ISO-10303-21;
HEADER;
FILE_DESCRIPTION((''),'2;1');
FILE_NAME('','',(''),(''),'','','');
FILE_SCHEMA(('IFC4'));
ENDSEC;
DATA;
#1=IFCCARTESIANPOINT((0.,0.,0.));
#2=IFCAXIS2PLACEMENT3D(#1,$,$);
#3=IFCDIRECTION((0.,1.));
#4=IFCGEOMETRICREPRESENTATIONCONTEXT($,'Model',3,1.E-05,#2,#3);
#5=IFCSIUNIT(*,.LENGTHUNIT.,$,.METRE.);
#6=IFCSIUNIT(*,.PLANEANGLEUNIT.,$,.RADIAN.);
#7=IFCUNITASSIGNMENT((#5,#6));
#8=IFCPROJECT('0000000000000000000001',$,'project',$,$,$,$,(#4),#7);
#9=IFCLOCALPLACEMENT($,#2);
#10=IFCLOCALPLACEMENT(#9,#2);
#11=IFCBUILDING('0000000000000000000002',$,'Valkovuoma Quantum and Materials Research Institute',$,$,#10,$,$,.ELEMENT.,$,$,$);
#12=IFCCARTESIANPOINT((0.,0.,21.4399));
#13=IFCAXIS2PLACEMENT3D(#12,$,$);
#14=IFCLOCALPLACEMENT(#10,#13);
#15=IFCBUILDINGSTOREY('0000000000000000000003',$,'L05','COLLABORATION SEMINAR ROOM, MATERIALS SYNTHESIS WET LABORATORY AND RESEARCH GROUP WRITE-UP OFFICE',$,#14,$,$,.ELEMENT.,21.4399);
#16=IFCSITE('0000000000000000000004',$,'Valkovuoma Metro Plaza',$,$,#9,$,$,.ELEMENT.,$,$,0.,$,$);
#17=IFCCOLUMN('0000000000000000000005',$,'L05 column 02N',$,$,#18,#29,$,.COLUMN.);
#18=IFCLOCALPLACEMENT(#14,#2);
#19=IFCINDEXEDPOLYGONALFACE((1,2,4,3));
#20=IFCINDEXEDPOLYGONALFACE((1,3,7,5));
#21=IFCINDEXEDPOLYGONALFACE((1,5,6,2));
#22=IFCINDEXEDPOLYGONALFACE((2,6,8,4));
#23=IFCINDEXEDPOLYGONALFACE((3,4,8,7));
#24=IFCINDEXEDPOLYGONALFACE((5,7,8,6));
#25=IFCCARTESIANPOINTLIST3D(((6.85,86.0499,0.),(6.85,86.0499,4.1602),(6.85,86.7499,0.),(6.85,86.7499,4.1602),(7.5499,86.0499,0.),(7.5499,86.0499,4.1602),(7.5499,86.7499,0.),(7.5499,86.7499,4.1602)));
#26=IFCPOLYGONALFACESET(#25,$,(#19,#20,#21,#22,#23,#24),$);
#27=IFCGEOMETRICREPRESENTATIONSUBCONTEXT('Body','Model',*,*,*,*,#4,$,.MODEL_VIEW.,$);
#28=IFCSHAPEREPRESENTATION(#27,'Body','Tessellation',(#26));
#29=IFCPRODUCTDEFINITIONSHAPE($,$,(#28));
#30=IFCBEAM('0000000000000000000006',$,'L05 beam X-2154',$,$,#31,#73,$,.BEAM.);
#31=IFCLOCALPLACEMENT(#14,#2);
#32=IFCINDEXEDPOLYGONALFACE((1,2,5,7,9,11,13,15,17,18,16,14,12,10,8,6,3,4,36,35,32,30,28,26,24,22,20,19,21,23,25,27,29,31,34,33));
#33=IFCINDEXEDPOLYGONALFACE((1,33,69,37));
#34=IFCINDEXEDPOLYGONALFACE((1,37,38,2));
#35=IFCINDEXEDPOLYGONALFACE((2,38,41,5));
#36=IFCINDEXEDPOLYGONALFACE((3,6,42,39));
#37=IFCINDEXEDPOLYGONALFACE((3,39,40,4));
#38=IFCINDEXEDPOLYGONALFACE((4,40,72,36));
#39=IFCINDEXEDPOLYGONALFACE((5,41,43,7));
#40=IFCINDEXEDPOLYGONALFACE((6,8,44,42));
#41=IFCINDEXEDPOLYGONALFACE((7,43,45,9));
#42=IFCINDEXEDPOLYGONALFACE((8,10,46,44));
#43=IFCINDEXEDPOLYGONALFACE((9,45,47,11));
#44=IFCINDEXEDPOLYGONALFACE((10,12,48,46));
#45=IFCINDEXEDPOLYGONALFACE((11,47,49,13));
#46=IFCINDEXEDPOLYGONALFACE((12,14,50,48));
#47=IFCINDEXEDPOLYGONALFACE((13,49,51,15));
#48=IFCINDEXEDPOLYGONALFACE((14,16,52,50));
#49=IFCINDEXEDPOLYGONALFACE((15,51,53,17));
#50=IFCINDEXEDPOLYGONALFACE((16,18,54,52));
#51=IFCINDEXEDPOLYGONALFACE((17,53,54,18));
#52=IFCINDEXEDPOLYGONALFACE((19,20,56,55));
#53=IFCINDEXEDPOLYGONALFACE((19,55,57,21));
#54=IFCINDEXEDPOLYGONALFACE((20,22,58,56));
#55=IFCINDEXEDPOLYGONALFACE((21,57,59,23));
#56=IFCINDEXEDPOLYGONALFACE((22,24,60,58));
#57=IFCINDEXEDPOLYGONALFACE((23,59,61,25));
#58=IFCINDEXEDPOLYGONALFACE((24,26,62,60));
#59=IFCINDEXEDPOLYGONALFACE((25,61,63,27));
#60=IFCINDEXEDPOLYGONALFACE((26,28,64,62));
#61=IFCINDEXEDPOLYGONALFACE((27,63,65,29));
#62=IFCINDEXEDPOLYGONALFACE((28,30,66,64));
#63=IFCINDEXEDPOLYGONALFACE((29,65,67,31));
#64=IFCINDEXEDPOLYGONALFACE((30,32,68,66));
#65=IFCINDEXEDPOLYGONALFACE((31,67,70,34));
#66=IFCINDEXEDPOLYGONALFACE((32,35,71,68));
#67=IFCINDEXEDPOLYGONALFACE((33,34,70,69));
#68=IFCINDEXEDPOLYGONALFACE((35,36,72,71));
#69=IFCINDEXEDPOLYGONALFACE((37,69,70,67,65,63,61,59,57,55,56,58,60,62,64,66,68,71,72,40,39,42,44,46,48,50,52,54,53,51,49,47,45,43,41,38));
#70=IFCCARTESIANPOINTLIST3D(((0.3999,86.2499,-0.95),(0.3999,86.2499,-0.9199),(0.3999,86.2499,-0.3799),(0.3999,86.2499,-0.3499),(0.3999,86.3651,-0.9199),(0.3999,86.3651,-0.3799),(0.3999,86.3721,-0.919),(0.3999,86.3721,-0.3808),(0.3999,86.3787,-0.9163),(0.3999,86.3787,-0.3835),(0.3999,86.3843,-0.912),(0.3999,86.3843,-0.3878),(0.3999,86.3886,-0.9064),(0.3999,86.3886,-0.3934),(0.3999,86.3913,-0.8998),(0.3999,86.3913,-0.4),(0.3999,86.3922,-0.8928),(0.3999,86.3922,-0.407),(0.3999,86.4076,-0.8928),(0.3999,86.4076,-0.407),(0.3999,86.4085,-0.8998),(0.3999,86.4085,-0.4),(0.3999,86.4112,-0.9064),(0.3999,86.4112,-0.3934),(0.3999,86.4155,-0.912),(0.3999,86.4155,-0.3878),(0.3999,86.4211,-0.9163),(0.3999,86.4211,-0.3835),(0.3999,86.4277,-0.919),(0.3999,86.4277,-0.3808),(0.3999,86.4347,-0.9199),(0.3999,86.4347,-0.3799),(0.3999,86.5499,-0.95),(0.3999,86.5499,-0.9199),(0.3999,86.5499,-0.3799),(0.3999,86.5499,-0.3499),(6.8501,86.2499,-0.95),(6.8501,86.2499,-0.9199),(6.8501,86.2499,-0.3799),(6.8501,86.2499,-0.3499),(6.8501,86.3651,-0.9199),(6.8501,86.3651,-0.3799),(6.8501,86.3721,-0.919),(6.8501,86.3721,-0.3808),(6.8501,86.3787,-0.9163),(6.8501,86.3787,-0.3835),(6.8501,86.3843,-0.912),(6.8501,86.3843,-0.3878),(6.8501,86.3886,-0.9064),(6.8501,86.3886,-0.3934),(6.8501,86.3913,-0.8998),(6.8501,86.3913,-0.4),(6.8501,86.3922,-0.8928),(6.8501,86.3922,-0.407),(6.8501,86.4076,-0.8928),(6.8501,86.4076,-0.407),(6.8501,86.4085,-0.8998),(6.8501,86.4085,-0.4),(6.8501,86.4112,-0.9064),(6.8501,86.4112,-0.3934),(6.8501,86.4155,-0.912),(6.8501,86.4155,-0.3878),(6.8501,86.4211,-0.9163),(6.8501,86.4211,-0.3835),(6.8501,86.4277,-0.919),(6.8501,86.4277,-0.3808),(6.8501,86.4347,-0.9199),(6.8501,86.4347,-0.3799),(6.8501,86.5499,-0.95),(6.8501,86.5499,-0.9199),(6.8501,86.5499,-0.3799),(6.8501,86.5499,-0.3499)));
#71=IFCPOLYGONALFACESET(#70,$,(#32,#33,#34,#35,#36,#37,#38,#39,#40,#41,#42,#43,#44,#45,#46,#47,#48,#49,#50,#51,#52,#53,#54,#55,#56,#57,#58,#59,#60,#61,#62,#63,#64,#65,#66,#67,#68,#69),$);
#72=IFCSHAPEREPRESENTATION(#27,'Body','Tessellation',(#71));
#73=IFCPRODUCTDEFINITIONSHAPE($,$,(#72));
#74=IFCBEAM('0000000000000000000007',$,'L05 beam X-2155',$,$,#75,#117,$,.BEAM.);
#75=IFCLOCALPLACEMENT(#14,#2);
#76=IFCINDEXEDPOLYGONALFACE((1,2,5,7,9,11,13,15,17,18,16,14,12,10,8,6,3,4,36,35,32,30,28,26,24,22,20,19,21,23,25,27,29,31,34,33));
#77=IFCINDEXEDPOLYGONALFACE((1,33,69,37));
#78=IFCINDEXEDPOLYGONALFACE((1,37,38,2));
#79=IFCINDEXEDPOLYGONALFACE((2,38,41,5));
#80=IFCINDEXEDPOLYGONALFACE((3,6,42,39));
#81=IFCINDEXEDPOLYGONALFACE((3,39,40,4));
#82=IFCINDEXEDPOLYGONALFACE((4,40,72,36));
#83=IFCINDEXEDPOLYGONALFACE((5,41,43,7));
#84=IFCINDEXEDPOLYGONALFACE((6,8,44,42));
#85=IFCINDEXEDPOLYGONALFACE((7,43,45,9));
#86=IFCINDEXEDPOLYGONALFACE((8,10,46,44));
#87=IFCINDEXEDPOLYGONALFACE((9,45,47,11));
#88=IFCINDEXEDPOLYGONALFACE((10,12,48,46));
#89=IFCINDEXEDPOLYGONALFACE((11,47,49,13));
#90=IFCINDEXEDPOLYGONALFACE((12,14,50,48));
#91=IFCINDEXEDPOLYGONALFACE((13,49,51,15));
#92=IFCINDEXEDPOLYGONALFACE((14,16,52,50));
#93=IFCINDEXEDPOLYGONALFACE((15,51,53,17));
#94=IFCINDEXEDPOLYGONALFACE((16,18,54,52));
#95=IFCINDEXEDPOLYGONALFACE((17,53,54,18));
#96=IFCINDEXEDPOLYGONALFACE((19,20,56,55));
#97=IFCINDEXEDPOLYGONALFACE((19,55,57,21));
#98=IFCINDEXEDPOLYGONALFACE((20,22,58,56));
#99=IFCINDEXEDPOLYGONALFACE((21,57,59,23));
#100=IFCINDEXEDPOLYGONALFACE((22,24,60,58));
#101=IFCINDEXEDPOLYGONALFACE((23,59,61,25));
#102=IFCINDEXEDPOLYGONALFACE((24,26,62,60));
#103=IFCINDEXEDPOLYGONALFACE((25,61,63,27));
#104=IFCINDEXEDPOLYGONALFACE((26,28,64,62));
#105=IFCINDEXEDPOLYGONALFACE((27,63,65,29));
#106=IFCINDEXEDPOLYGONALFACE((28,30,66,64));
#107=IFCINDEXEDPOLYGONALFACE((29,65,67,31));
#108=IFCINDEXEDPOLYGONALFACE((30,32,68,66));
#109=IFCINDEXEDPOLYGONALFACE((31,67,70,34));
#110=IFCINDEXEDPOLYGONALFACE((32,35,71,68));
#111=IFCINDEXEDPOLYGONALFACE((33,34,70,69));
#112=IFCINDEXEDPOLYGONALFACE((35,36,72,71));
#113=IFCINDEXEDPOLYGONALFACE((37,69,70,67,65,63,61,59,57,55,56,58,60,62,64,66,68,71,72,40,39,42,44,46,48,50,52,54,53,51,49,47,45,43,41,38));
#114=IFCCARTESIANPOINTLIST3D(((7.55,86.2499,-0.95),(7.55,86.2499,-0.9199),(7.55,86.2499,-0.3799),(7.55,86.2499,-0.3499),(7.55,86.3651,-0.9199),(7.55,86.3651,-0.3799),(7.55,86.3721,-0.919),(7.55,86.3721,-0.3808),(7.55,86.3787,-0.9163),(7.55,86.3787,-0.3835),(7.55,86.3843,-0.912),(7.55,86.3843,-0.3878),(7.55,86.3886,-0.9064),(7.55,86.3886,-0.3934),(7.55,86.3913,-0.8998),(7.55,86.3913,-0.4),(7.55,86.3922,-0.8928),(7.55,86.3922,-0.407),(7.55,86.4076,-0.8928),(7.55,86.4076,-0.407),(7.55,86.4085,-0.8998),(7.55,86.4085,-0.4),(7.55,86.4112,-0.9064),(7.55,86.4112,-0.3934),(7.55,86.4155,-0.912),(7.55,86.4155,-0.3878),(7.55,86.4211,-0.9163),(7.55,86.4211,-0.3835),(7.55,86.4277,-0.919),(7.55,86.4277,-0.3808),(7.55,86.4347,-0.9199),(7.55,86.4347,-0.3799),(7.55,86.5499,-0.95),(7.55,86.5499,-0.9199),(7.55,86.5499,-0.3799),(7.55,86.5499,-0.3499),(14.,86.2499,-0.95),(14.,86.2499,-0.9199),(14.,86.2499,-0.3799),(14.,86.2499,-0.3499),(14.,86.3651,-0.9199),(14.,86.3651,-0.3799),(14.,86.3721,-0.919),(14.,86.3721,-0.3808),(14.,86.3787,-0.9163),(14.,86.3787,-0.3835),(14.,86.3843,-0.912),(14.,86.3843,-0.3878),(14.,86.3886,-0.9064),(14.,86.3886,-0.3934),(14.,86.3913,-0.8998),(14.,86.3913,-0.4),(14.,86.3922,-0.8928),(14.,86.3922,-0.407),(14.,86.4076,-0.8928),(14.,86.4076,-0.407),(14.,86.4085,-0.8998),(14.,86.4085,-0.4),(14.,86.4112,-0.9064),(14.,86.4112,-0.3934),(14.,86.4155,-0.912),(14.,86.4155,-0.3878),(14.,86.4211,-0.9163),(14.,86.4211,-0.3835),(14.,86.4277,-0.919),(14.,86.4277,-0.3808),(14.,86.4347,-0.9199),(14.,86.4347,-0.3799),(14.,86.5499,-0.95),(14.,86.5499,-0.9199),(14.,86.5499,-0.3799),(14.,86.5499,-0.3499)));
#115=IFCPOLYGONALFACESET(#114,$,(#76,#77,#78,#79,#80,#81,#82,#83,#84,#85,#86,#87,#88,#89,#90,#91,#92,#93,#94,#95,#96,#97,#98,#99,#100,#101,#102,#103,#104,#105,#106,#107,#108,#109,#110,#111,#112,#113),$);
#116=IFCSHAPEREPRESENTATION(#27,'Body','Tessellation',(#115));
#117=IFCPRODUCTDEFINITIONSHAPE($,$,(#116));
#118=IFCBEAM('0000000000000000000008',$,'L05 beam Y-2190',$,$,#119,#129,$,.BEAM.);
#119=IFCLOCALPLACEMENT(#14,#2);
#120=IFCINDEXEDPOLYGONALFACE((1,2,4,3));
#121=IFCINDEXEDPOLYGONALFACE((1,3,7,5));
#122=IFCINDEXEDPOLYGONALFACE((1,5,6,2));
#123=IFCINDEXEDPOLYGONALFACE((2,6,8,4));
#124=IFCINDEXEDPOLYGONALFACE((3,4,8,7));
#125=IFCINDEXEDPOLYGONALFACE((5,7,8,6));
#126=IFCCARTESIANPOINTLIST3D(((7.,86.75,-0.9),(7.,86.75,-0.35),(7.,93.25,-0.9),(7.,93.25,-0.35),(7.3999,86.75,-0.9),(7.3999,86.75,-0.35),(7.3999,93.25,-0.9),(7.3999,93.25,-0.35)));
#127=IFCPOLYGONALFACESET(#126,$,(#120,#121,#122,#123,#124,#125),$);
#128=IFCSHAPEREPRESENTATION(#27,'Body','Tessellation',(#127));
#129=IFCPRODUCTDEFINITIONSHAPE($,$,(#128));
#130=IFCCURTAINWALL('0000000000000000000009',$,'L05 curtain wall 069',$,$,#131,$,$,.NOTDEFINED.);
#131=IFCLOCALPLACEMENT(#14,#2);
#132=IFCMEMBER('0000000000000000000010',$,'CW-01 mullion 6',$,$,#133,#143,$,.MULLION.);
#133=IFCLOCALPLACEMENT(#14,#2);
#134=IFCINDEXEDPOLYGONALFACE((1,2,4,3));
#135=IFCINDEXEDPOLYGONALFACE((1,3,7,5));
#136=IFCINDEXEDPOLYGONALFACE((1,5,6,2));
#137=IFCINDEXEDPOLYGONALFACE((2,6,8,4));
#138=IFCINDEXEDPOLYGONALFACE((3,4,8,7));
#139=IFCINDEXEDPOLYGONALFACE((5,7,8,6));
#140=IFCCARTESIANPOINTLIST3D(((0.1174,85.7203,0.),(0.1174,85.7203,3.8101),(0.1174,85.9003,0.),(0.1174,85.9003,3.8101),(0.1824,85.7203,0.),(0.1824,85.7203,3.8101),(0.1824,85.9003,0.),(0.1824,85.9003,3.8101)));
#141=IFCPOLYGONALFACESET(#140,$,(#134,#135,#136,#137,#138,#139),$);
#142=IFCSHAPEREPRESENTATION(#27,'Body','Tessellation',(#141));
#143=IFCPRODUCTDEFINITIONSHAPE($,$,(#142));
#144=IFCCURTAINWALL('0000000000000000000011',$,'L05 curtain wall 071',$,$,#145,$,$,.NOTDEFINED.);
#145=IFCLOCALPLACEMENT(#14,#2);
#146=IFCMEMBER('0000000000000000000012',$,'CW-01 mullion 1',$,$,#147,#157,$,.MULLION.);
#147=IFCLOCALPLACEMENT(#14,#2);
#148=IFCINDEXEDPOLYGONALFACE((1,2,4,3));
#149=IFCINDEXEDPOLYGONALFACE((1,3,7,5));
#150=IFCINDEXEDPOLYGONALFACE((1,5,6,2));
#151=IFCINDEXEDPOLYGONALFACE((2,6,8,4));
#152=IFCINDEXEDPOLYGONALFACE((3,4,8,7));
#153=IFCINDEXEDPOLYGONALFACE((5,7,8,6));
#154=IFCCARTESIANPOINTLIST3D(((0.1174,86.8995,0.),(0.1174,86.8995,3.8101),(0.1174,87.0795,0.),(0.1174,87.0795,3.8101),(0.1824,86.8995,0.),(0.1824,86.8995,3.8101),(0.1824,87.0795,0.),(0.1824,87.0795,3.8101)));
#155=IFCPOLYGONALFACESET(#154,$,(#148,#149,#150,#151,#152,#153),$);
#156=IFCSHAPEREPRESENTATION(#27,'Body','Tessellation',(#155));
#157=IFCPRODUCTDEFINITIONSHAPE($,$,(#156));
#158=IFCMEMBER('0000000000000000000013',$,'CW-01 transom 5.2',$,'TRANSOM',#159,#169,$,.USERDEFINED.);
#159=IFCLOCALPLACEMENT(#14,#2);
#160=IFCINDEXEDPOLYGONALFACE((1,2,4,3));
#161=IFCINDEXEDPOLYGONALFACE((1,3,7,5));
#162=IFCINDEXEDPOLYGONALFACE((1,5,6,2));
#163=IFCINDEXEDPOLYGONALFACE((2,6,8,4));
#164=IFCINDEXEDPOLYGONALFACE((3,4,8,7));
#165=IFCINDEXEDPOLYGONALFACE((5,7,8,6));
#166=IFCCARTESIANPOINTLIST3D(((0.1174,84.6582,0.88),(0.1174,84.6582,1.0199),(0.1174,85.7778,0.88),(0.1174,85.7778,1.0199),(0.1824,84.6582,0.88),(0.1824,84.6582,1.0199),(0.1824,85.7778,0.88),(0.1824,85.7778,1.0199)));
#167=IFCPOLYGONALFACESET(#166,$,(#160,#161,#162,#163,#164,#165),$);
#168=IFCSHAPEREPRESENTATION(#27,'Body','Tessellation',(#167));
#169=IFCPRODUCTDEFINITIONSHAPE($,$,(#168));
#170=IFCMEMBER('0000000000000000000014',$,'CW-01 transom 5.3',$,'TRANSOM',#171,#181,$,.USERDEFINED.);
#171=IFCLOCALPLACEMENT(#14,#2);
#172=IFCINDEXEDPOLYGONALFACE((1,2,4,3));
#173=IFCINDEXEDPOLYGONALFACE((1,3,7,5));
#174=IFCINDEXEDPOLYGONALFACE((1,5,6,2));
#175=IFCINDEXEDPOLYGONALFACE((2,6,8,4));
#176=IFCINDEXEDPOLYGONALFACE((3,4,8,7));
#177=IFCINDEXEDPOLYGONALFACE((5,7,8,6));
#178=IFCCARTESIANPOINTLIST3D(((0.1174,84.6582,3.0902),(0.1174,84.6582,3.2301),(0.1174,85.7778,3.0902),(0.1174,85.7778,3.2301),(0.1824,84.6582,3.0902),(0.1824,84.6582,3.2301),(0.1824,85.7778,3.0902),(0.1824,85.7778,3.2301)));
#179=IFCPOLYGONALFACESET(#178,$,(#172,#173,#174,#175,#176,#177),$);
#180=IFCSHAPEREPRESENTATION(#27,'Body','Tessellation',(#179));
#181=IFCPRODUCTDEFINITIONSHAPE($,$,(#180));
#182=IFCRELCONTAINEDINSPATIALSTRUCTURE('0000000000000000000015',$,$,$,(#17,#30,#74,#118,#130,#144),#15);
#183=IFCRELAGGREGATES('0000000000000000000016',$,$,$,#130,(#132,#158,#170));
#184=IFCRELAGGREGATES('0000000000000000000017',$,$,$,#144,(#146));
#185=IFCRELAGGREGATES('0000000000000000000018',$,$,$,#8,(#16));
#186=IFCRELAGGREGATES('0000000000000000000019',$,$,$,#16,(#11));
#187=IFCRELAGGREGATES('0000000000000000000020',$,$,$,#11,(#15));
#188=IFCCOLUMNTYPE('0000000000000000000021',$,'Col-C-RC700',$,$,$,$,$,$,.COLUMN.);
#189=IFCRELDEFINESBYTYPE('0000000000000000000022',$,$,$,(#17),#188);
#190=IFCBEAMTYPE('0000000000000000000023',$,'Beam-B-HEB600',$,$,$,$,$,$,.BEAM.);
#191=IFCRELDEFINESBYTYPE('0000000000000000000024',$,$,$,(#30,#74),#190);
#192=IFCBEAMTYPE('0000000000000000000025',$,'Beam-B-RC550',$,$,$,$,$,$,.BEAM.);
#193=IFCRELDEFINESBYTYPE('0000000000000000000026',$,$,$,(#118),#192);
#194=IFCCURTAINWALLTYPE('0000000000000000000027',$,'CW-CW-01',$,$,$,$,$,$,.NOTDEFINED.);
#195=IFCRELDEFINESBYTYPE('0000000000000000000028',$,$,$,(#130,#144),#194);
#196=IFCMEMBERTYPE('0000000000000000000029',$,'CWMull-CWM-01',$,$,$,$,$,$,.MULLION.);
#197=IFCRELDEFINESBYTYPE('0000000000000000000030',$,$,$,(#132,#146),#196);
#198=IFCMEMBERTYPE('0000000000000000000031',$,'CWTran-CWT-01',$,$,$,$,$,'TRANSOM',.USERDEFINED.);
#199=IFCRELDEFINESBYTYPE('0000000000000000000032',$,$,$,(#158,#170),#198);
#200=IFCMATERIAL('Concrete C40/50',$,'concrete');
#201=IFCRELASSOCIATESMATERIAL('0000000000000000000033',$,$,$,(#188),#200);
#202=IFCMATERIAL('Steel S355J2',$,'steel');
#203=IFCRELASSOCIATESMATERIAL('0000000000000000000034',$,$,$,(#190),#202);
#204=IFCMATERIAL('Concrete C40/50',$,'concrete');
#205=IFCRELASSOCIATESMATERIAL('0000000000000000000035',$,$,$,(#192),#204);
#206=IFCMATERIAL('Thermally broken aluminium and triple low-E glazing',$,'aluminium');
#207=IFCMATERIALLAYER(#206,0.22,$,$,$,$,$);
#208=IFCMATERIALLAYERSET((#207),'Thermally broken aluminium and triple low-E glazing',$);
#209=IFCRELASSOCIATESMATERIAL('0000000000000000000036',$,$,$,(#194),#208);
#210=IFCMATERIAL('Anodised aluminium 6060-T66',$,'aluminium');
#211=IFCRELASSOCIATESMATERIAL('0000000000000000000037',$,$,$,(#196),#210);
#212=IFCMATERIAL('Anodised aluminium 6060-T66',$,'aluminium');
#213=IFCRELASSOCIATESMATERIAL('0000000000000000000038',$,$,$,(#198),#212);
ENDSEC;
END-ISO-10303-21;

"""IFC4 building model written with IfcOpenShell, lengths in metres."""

from ifc_helpers import new_model, si_unit, direction, frame, origin, origin_2d, place, context, subcontext, project, spatial, rectangle, i_section, extrude, material, layer, layer_set, material_profile, profile_set, type_object, element, aggregate, save


model = new_model("IFC4")

# Units and contexts
model_context = context("Model", 3, precision=1e-05, world=origin(), true_north=direction((0.0, 1.0)))
body_context = subcontext(model_context, "Body", "Model", "MODEL_VIEW")
ifc_project = project(units=[si_unit("LENGTHUNIT", "METRE"), si_unit("PLANEANGLEUNIT", "RADIAN")], contexts=[model_context])

# Site, building, storey
site_placement = place(None, origin())
site = spatial("IfcSite", under=ifc_project, at=site_placement, Name="Valkovuoma Metro Plaza", CompositionType="ELEMENT", RefElevation=0.0)
building_placement = place(site_placement, origin())
building = spatial("IfcBuilding", under=site, at=building_placement, Name="Valkovuoma Quantum and Materials Research Institute", CompositionType="ELEMENT")
storey_placement = place(building_placement, frame((0.0, 0.0, 21.4399)))
storey = spatial("IfcBuildingStorey", under=building, at=storey_placement, Name="L05", Description="COLLABORATION SEMINAR ROOM, MATERIALS SYNTHESIS WET LABORATORY AND RESEARCH GROUP WRITE-UP OFFICE", CompositionType="ELEMENT", Elevation=21.4399)

# Column
ifc_material_1 = material(Name="Concrete C40/50", Category="concrete")
ifc_material_profile_1 = material_profile(ifc_material_1, rectangle(XDim=0.7, YDim=0.7, at=origin_2d()), Name="Concrete C40/50")
ifc_profile_set_1 = profile_set([ifc_material_profile_1], Name="Concrete C40/50")
column_type = type_object("IfcColumnType", Name="Col-C-RC700", PredefinedType="COLUMN", material=ifc_profile_set_1)
column_placement = place(storey_placement, frame((7.2, 86.3999, 0.0), z_axis=(0.0, 0.0, 1.0), x_axis=(1.0, 0.0, 0.0)))
element("IfcColumn", 1, at=column_placement, inside=storey, type_object=column_type, Name="L05 column 02N", PredefinedType="COLUMN", context=body_context, shape_type="SweptSolid", body=[
    extrude(rectangle(XDim=0.7, YDim=0.7, at=origin_2d()), origin(), (0.0, 0.0, 1.0), 4.1602),
])

# Beams
ifc_material_2 = material(Name="Steel S355J2", Category="steel")
ifc_material_profile_2 = material_profile(ifc_material_2, i_section(OverallWidth=0.3, OverallDepth=0.6001, WebThickness=0.0154, FlangeThickness=0.03, FilletRadius=0.0271, at=origin_2d()), Name="Steel S355J2")
ifc_profile_set_2 = profile_set([ifc_material_profile_2], Name="Steel S355J2")
beam_type_1 = type_object("IfcBeamType", Name="Beam-B-HEB600", PredefinedType="BEAM", material=ifc_profile_set_2)
beam_1_placement = place(storey_placement, frame((0.3999, 86.3999, -0.6499), z_axis=(1.0, 0.0, 0.0), x_axis=(0.0, 1.0, 0.0)))
element("IfcBeam", 2, at=beam_1_placement, inside=storey, type_object=beam_type_1, Name="L05 beam X-2154", PredefinedType="BEAM", context=body_context, shape_type="SweptSolid", body=[
    extrude(i_section(OverallWidth=0.3, OverallDepth=0.6001, WebThickness=0.0154, FlangeThickness=0.03, FilletRadius=0.0271, at=origin_2d()), origin(), (0.0, 0.0, 1.0), 6.4502),
])
beam_2_placement = place(storey_placement, frame((7.55, 86.3999, -0.6499), z_axis=(1.0, 0.0, 0.0), x_axis=(0.0, 1.0, 0.0)))
element("IfcBeam", 3, at=beam_2_placement, inside=storey, type_object=beam_type_1, Name="L05 beam X-2155", PredefinedType="BEAM", context=body_context, shape_type="SweptSolid", body=[
    extrude(i_section(OverallWidth=0.3, OverallDepth=0.6001, WebThickness=0.0154, FlangeThickness=0.03, FilletRadius=0.0271, at=origin_2d()), origin(), (0.0, 0.0, 1.0), 6.45),
])
ifc_material_3 = material(Name="Concrete C40/50", Category="concrete")
ifc_material_profile_3 = material_profile(ifc_material_3, rectangle(XDim=0.3999, YDim=0.55, at=origin_2d()), Name="Concrete C40/50")
ifc_profile_set_3 = profile_set([ifc_material_profile_3], Name="Concrete C40/50")
beam_type_2 = type_object("IfcBeamType", Name="Beam-B-RC550", PredefinedType="BEAM", material=ifc_profile_set_3)
beam_3_placement = place(storey_placement, frame((7.2, 86.75, -0.625), z_axis=(0.0, 1.0, 0.0), x_axis=(-1.0, 0.0, 0.0)))
element("IfcBeam", 4, at=beam_3_placement, inside=storey, type_object=beam_type_2, Name="L05 beam Y-2190", PredefinedType="BEAM", context=body_context, shape_type="SweptSolid", body=[
    extrude(rectangle(XDim=0.3999, YDim=0.55, at=origin_2d()), origin(), (0.0, 0.0, 1.0), 6.5),
])

# Curtain walls, members
ifc_material_4 = material(Name="Thermally broken aluminium and triple low-E glazing", Category="aluminium")
ifc_layer_1 = layer(ifc_material_4, 0.22)
ifc_layer_set_1 = layer_set([ifc_layer_1], Name="Thermally broken aluminium and triple low-E glazing")
curtain_wall_type = type_object("IfcCurtainWallType", Name="CW-CW-01", PredefinedType="NOTDEFINED", material=ifc_layer_set_1)
curtain_wall_1_placement = place(storey_placement, origin())
curtain_wall_1 = element("IfcCurtainWall", 5, at=curtain_wall_1_placement, inside=storey, type_object=curtain_wall_type, Name="L05 curtain wall 069", PredefinedType="NOTDEFINED")
ifc_material_5 = material(Name="Anodised aluminium 6060-T66", Category="aluminium")
ifc_material_profile_4 = material_profile(ifc_material_5, rectangle(XDim=0.0649, YDim=0.1799, at=origin_2d()), Name="Anodised aluminium 6060-T66")
ifc_profile_set_4 = profile_set([ifc_material_profile_4], Name="Anodised aluminium 6060-T66")
member_type_1 = type_object("IfcMemberType", Name="CWMull-CWM-01", PredefinedType="MULLION", material=ifc_profile_set_4)
member_1_placement = place(storey_placement, frame((0.1499, 85.8103, 0.0), z_axis=(0.0, 0.0, 1.0), x_axis=(-1.0, 0.0, 0.0)))
member_1 = element("IfcMember", 6, at=member_1_placement, type_object=member_type_1, Name="CW-01 mullion 6", PredefinedType="MULLION", context=body_context, shape_type="SweptSolid", body=[
    extrude(rectangle(XDim=0.0649, YDim=0.1799, at=origin_2d()), origin(), (0.0, 0.0, 1.0), 3.8101),
])
curtain_wall_2_placement = place(storey_placement, origin())
curtain_wall_2 = element("IfcCurtainWall", 7, at=curtain_wall_2_placement, inside=storey, type_object=curtain_wall_type, Name="L05 curtain wall 071", PredefinedType="NOTDEFINED")
member_2_placement = place(storey_placement, frame((0.1499, 86.9895, 0.0), z_axis=(0.0, 0.0, 1.0), x_axis=(-1.0, 0.0, 0.0)))
member_2 = element("IfcMember", 8, at=member_2_placement, type_object=member_type_1, Name="CW-01 mullion 1", PredefinedType="MULLION", context=body_context, shape_type="SweptSolid", body=[
    extrude(rectangle(XDim=0.0649, YDim=0.1799, at=origin_2d()), origin(), (0.0, 0.0, 1.0), 3.8101),
])

# Members
ifc_material_6 = material(Name="Anodised aluminium 6060-T66", Category="aluminium")
ifc_material_profile_5 = material_profile(ifc_material_6, rectangle(XDim=0.0649, YDim=0.1399, at=origin_2d()), Name="Anodised aluminium 6060-T66")
ifc_profile_set_5 = profile_set([ifc_material_profile_5], Name="Anodised aluminium 6060-T66")
member_type_2 = type_object("IfcMemberType", Name="CWTran-CWT-01", ElementType="TRANSOM", PredefinedType="USERDEFINED", material=ifc_profile_set_5)
member_3_placement = place(storey_placement, frame((0.1499, 84.6582, 0.95), z_axis=(0.0, 1.0, 0.0), x_axis=(-1.0, 0.0, 0.0)))
member_3 = element("IfcMember", 9, at=member_3_placement, type_object=member_type_2, Name="CW-01 transom 5.2", ObjectType="TRANSOM", PredefinedType="USERDEFINED", context=body_context, shape_type="SweptSolid", body=[
    extrude(rectangle(XDim=0.0649, YDim=0.1399, at=origin_2d()), origin(), (0.0, 0.0, 1.0), 1.1196),
])
member_4_placement = place(storey_placement, frame((0.1499, 84.6582, 3.1602), z_axis=(0.0, 1.0, 0.0), x_axis=(-1.0, 0.0, 0.0)))
member_4 = element("IfcMember", 10, at=member_4_placement, type_object=member_type_2, Name="CW-01 transom 5.3", ObjectType="TRANSOM", PredefinedType="USERDEFINED", context=body_context, shape_type="SweptSolid", body=[
    extrude(rectangle(XDim=0.0649, YDim=0.1399, at=origin_2d()), origin(), (0.0, 0.0, 1.0), 1.1196),
])

aggregate(curtain_wall_1, [member_1, member_3, member_4])
aggregate(curtain_wall_2, [member_2])

save(model, "model.ifc")
